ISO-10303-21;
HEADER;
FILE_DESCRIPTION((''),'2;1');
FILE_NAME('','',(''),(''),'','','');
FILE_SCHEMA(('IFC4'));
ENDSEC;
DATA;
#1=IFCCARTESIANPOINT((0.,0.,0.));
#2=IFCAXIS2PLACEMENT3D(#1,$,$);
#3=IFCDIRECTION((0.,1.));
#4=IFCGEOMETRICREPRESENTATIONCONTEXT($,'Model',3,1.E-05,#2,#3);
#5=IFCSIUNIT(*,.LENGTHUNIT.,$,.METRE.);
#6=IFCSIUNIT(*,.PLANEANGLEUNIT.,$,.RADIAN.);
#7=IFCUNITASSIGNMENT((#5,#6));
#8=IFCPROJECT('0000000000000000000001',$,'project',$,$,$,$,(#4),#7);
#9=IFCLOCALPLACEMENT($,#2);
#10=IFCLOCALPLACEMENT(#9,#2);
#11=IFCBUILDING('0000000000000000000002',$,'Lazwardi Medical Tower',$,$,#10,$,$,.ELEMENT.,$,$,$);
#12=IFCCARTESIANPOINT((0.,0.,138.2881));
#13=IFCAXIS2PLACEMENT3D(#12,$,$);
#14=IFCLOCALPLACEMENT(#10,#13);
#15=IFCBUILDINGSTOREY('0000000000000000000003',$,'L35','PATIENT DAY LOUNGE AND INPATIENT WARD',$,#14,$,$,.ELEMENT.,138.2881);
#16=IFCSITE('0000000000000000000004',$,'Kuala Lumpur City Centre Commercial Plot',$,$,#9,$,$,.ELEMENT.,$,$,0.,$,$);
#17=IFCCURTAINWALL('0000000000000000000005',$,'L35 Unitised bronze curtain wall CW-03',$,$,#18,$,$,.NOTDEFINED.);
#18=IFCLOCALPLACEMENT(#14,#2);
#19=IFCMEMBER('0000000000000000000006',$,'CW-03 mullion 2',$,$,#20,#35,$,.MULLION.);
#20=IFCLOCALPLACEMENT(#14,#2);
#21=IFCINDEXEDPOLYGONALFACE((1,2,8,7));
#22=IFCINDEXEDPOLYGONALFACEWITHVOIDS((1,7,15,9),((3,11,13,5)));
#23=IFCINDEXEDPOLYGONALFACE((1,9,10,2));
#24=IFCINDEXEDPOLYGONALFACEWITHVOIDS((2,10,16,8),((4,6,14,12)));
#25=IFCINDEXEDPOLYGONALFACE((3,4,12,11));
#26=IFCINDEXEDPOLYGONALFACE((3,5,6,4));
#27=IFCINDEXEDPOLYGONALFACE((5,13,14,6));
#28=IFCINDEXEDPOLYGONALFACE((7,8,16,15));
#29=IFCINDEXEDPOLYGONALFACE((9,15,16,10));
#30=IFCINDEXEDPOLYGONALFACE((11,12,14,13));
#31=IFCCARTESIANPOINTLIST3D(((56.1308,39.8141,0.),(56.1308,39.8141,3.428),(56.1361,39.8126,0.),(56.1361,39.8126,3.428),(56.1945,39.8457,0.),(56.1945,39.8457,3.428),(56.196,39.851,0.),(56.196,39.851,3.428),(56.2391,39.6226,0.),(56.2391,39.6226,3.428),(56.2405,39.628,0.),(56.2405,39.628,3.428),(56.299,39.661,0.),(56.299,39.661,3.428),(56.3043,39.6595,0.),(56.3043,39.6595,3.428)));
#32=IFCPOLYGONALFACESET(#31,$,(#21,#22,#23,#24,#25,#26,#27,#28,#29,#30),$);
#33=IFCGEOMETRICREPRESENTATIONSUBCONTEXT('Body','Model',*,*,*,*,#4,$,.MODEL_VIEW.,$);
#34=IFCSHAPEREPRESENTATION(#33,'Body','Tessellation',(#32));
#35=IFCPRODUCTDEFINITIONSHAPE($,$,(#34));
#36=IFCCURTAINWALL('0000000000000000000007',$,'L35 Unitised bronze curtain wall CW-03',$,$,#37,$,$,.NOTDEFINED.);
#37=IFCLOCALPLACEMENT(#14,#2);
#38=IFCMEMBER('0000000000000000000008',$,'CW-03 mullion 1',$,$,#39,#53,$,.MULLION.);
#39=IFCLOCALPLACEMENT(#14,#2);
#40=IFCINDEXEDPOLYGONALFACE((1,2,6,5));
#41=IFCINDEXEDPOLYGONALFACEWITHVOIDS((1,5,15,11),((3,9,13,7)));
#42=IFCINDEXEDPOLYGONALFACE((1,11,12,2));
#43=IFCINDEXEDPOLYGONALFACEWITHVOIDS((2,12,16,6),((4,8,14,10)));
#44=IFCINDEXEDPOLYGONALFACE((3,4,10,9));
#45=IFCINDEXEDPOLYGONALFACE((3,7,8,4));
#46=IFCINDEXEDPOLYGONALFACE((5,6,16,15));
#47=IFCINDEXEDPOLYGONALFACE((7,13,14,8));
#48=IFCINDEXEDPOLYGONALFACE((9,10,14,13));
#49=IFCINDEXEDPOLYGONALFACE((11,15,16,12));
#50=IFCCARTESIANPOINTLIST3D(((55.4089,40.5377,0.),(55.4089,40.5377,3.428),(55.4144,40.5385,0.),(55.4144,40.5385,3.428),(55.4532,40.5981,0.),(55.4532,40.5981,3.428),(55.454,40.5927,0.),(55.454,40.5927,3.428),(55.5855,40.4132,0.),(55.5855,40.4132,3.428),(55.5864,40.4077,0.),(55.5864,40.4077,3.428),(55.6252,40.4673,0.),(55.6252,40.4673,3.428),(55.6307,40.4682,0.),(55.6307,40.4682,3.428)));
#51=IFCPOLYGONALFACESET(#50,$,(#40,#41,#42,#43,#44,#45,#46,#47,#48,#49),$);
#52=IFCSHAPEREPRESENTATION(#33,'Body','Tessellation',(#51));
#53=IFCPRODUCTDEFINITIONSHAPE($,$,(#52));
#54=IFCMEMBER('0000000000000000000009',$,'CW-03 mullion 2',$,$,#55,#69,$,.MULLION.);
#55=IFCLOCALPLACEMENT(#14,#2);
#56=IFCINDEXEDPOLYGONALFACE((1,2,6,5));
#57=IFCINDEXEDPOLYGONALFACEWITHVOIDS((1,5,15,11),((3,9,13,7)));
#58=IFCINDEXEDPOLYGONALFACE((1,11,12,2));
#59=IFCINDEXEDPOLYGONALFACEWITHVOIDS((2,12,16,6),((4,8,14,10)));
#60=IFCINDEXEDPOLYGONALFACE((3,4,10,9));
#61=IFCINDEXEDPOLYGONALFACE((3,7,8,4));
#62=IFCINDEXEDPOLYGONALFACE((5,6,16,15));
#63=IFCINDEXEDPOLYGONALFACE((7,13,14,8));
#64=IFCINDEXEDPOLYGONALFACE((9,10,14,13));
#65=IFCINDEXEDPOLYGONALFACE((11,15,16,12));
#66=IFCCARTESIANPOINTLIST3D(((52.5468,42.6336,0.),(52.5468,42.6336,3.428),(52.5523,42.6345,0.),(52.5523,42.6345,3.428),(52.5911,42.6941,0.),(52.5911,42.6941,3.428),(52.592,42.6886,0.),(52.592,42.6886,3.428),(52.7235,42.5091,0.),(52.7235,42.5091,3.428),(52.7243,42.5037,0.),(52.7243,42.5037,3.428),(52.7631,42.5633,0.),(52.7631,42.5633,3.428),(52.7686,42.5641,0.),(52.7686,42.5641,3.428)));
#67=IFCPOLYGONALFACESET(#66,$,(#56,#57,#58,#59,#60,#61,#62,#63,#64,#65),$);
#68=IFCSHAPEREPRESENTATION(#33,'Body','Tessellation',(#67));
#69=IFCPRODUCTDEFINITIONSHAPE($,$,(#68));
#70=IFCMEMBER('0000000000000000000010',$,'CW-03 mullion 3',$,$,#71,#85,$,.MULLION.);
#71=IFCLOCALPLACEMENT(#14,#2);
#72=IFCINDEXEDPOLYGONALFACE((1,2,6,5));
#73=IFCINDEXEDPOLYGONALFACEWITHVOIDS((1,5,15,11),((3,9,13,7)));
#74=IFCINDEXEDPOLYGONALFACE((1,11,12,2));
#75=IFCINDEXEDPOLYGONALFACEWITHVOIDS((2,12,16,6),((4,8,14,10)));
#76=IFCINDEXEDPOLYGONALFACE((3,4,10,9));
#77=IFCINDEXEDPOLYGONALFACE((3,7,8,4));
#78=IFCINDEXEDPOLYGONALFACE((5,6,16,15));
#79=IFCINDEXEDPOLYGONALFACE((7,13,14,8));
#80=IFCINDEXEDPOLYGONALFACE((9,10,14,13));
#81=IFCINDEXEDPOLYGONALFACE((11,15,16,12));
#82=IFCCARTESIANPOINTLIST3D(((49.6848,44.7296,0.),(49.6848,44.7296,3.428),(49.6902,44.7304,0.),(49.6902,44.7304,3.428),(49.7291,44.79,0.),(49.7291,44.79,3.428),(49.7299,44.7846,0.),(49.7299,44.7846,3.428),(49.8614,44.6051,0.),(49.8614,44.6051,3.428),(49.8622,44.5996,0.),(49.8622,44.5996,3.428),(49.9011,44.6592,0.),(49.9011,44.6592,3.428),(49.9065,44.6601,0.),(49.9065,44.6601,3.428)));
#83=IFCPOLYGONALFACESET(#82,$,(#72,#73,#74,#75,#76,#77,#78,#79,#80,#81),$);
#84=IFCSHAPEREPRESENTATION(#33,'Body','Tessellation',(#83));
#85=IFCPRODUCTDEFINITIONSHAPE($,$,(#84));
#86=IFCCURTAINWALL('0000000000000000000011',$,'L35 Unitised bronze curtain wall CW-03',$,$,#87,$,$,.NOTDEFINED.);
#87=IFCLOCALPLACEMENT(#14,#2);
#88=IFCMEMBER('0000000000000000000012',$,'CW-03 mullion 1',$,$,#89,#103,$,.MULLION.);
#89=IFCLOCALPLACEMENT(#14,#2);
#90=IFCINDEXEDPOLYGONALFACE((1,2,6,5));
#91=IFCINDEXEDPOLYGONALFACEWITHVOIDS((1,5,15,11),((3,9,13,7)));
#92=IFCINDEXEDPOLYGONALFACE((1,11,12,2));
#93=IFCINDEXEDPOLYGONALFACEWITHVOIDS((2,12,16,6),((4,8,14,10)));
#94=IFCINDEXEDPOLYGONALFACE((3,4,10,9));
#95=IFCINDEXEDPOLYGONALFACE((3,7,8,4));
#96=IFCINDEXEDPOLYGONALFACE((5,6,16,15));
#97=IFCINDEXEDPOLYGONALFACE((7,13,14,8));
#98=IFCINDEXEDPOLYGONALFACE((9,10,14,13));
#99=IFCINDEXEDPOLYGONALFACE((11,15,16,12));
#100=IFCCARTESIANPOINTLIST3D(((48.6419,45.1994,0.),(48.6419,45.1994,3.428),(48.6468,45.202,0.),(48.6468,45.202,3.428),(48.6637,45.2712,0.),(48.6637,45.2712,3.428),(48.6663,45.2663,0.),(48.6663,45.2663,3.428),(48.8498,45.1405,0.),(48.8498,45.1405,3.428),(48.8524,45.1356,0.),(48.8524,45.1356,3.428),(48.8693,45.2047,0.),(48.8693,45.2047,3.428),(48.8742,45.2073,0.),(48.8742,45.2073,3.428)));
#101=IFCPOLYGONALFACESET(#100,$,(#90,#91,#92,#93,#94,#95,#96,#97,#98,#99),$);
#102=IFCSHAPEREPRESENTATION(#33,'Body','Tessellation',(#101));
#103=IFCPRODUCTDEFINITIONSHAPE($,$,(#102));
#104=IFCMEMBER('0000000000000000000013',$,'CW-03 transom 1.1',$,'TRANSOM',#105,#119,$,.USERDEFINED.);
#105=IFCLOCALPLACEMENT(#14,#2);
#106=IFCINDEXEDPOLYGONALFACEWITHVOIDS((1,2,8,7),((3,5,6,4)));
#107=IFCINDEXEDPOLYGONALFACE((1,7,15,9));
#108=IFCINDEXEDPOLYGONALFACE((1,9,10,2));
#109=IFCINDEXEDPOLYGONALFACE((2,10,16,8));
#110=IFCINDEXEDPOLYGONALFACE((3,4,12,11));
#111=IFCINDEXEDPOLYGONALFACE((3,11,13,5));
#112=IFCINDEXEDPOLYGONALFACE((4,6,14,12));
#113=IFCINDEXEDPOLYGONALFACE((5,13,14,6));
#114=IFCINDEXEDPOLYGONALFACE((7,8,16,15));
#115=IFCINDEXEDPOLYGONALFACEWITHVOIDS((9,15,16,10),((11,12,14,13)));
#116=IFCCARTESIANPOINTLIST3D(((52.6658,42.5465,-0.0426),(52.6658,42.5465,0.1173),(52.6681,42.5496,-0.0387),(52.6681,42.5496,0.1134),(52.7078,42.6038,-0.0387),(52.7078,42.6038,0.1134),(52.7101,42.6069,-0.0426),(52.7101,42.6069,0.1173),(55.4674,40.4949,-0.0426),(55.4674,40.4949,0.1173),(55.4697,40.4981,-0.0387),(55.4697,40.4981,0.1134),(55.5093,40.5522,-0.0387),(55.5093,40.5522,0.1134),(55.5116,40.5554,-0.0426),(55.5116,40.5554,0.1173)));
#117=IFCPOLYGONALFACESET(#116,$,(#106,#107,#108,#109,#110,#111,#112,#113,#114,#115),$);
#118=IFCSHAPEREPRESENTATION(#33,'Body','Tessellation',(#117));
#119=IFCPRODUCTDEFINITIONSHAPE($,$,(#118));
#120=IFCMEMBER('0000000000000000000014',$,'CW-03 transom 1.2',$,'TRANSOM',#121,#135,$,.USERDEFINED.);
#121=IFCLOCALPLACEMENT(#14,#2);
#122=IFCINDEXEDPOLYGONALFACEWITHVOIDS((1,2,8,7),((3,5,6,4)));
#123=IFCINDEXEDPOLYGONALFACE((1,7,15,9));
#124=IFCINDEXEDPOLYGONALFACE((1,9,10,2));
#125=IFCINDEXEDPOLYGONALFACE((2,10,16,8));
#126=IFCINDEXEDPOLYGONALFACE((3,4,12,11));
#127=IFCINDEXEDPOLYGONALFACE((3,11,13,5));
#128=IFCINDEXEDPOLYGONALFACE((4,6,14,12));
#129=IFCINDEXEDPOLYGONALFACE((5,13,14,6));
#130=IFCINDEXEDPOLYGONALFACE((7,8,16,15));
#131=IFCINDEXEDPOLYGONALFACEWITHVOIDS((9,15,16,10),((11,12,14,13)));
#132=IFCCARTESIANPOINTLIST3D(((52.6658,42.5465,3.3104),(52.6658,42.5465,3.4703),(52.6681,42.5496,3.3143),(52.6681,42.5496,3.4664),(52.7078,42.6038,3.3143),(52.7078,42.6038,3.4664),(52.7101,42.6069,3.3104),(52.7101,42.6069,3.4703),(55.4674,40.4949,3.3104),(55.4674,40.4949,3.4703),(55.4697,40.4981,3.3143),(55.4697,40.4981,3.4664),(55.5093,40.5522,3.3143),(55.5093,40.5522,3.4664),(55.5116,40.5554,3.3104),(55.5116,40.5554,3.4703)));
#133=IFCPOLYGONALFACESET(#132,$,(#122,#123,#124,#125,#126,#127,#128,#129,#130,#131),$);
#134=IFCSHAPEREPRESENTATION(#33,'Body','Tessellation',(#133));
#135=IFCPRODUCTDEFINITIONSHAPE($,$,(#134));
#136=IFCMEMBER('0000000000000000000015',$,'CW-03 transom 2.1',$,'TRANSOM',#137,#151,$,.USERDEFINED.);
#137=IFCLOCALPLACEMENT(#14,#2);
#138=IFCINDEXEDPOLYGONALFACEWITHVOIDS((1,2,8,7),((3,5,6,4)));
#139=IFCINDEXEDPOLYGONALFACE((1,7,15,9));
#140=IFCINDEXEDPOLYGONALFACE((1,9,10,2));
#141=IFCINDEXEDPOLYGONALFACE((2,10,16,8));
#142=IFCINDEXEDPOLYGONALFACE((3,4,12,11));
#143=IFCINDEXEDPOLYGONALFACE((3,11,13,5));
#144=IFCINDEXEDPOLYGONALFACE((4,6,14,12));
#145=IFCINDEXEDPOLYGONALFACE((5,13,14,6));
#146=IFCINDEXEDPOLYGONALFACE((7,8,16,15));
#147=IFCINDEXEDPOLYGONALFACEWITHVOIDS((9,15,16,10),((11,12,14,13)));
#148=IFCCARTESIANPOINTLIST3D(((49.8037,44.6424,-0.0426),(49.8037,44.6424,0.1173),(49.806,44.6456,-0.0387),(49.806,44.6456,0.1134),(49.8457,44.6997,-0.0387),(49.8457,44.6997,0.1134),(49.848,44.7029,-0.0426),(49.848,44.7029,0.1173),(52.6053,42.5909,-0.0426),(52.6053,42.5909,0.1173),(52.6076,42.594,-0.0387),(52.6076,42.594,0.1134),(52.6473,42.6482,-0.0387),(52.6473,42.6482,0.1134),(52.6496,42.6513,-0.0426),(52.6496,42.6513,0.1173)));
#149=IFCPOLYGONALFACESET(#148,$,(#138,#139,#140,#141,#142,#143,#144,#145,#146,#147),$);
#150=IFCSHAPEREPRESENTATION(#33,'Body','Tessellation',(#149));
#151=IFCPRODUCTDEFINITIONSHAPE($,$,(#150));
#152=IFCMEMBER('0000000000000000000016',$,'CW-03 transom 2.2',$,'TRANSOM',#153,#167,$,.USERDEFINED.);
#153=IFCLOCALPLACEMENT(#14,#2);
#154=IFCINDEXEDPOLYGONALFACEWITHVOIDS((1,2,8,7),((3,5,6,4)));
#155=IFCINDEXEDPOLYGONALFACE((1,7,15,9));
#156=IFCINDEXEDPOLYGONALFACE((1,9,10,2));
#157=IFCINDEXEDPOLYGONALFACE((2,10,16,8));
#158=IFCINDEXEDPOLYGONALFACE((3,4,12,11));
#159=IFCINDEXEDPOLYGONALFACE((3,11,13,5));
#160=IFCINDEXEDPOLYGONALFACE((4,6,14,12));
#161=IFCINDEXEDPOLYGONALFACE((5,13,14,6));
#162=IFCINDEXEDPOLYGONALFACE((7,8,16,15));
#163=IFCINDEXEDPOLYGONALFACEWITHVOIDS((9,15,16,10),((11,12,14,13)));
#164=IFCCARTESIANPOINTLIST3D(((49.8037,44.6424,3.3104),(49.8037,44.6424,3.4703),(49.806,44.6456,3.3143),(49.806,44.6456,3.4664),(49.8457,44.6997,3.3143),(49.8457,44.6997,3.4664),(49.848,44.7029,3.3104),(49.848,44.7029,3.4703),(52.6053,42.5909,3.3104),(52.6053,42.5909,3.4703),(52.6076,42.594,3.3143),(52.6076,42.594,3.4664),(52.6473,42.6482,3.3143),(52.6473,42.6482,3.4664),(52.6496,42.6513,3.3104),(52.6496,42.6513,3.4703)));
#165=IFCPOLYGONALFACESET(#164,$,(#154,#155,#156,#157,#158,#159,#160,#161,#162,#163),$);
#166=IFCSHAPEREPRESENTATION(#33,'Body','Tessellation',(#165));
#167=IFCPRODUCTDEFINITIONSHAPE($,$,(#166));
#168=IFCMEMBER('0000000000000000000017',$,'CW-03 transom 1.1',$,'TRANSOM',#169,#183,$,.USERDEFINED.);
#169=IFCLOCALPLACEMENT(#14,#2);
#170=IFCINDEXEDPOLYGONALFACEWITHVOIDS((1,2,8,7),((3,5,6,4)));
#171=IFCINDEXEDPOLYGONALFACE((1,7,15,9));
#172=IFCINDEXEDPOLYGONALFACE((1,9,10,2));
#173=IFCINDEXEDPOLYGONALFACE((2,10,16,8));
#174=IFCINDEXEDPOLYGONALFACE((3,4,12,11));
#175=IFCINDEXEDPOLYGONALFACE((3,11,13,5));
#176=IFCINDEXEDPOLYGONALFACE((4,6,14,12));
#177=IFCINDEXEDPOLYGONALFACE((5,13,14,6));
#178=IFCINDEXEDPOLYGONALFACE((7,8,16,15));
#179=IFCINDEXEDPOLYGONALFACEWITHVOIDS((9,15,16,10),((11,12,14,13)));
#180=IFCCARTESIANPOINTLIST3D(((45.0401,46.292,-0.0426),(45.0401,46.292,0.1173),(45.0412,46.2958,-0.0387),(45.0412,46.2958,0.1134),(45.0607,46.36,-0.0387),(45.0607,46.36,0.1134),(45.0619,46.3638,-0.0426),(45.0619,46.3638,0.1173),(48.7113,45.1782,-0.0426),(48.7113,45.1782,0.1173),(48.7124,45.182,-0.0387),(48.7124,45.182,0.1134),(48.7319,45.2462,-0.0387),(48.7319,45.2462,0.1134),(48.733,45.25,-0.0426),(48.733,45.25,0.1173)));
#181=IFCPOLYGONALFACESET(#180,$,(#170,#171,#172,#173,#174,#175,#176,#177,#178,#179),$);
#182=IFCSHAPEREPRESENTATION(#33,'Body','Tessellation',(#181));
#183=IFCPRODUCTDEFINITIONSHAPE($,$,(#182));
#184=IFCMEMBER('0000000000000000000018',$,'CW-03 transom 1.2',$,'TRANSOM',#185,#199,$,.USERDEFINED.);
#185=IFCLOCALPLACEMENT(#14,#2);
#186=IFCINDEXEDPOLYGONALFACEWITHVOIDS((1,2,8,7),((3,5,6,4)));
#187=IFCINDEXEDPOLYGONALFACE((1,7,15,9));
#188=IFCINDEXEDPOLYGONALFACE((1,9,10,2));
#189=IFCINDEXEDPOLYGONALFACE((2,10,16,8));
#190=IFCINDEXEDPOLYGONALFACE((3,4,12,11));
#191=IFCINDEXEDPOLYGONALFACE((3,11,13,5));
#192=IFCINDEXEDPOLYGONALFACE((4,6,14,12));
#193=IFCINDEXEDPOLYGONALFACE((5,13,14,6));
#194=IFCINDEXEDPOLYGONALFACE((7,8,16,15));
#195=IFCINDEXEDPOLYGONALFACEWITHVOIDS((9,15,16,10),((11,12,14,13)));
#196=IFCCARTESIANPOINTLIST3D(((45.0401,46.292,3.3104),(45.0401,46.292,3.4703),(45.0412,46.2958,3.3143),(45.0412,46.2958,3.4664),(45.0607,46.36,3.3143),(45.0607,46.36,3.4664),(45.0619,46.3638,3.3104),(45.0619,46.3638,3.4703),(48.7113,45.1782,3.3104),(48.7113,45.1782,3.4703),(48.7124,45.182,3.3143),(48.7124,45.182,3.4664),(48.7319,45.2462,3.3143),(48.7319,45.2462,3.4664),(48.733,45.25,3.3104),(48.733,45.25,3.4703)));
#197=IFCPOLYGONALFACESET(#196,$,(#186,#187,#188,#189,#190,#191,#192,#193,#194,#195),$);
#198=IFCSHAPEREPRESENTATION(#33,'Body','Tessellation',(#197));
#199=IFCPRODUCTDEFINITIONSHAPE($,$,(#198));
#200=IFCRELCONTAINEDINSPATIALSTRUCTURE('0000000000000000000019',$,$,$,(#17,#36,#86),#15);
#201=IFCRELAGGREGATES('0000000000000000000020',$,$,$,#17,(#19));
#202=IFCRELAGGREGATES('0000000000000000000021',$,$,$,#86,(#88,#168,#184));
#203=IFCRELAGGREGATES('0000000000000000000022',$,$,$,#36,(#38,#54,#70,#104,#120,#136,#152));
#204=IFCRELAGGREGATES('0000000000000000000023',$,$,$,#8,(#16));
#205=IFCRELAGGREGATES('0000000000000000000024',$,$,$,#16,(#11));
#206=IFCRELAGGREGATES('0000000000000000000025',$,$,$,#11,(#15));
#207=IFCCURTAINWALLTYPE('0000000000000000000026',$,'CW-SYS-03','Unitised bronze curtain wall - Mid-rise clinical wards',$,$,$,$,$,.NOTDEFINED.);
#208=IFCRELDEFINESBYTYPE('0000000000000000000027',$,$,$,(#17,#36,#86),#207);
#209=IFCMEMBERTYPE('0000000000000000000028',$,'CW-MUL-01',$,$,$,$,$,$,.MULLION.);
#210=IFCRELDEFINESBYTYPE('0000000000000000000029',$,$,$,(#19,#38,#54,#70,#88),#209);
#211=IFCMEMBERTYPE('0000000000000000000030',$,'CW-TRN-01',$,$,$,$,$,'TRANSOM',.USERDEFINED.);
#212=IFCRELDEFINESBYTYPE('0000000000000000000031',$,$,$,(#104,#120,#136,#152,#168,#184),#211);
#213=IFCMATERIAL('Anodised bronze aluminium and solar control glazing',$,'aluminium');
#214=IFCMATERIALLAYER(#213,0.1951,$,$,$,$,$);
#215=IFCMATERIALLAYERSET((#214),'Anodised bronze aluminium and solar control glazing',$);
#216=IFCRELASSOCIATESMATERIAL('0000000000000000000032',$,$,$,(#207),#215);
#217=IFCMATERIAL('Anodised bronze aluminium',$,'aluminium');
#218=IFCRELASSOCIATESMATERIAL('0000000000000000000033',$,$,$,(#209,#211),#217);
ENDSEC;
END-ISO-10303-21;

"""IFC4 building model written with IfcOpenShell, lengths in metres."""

from ifc_helpers import new_model, si_unit, direction, frame, origin, origin_2d, place, context, subcontext, project, spatial, hollow_rectangle, extrude, material, layer, layer_set, material_profile, profile_set, type_object, element, aggregate, save


model = new_model("IFC4")

# Units and contexts
model_context = context("Model", 3, precision=1e-05, world=origin(), true_north=direction((0.0, 1.0)))
body_context = subcontext(model_context, "Body", "Model", "MODEL_VIEW")
ifc_project = project(units=[si_unit("LENGTHUNIT", "METRE"), si_unit("PLANEANGLEUNIT", "RADIAN")], contexts=[model_context])

# Site, building, storey
site_placement = place(None, origin())
site = spatial("IfcSite", under=ifc_project, at=site_placement, Name="Kuala Lumpur City Centre Commercial Plot", CompositionType="ELEMENT", RefElevation=0.0)
building_placement = place(site_placement, origin())
building = spatial("IfcBuilding", under=site, at=building_placement, Name="Lazwardi Medical Tower", CompositionType="ELEMENT")
storey_placement = place(building_placement, frame((0.0, 0.0, 138.2881)))
storey = spatial("IfcBuildingStorey", under=building, at=storey_placement, Name="L35", Description="PATIENT DAY LOUNGE AND INPATIENT WARD", CompositionType="ELEMENT", Elevation=138.2881)

# Curtain wall, member
ifc_material_1 = material(Name="Anodised bronze aluminium and solar control glazing", Category="aluminium")
ifc_layer_1 = layer(ifc_material_1, 0.1951)
ifc_layer_set_1 = layer_set([ifc_layer_1], Name="Anodised bronze aluminium and solar control glazing")
curtain_wall_type = type_object("IfcCurtainWallType", Name="CW-SYS-03", Description="Unitised bronze curtain wall - Mid-rise clinical wards", PredefinedType="NOTDEFINED", material=ifc_layer_set_1)
curtain_wall_1_placement = place(storey_placement, origin())
curtain_wall_1 = element("IfcCurtainWall", 1, at=curtain_wall_1_placement, inside=storey, type_object=curtain_wall_type, Name="L35 Unitised bronze curtain wall CW-03", PredefinedType="NOTDEFINED")
ifc_material_2 = material(Name="Anodised bronze aluminium", Category="aluminium")
ifc_material_profile_1 = material_profile(ifc_material_2, hollow_rectangle(XDim=0.075, YDim=0.22, WallThickness=0.0039, at=origin_2d()), Name="ALU-MULLION 220x75x4")
ifc_profile_set_1 = profile_set([ifc_material_profile_1], Name="Anodised bronze aluminium")
member_type_1 = type_object("IfcMemberType", Name="CW-MUL-01", PredefinedType="MULLION", material=ifc_profile_set_1)
member_1_placement = place(storey_placement, frame((56.2175, 39.7368, 0.0), z_axis=(0.0, 0.0, 1.0), x_axis=(-0.870419, -0.492312, 0.0)))
member_1 = element("IfcMember", 2, at=member_1_placement, type_object=member_type_1, Name="CW-03 mullion 2", PredefinedType="MULLION", context=body_context, shape_type="SweptSolid", body=[
    extrude(hollow_rectangle(XDim=0.075, YDim=0.22, WallThickness=0.0039, at=origin_2d()), origin(), (0.0, 0.0, 1.0), 3.428),
])
aggregate(curtain_wall_1, [member_1])

# Curtain wall, members
curtain_wall_2_placement = place(storey_placement, origin())
curtain_wall_2 = element("IfcCurtainWall", 3, at=curtain_wall_2_placement, inside=storey, type_object=curtain_wall_type, Name="L35 Unitised bronze curtain wall CW-03", PredefinedType="NOTDEFINED")
member_2_placement = place(storey_placement, frame((55.5198, 40.5029, 0.0), z_axis=(0.0, 0.0, 1.0), x_axis=(-0.590834, -0.806793, 0.0)))
member_2 = element("IfcMember", 4, at=member_2_placement, type_object=member_type_1, Name="CW-03 mullion 1", PredefinedType="MULLION", context=body_context, shape_type="SweptSolid", body=[
    extrude(hollow_rectangle(XDim=0.075, YDim=0.22, WallThickness=0.0039, at=origin_2d()), origin(), (0.0, 0.0, 1.0), 3.428),
])
member_3_placement = place(storey_placement, frame((52.6577, 42.5989, 0.0), z_axis=(0.0, 0.0, 1.0), x_axis=(-0.590834, -0.806793, 0.0)))
member_3 = element("IfcMember", 5, at=member_3_placement, type_object=member_type_1, Name="CW-03 mullion 2", PredefinedType="MULLION", context=body_context, shape_type="SweptSolid", body=[
    extrude(hollow_rectangle(XDim=0.075, YDim=0.22, WallThickness=0.0039, at=origin_2d()), origin(), (0.0, 0.0, 1.0), 3.428),
])
member_4_placement = place(storey_placement, frame((49.7957, 44.6948, 0.0), z_axis=(0.0, 0.0, 1.0), x_axis=(-0.590834, -0.806793, 0.0)))
member_4 = element("IfcMember", 6, at=member_4_placement, type_object=member_type_1, Name="CW-03 mullion 3", PredefinedType="MULLION", context=body_context, shape_type="SweptSolid", body=[
    extrude(hollow_rectangle(XDim=0.075, YDim=0.22, WallThickness=0.0039, at=origin_2d()), origin(), (0.0, 0.0, 1.0), 3.428),
])

# Curtain wall, member
curtain_wall_3_placement = place(storey_placement, origin())
curtain_wall_3 = element("IfcCurtainWall", 7, at=curtain_wall_3_placement, inside=storey, type_object=curtain_wall_type, Name="L35 Unitised bronze curtain wall CW-03", PredefinedType="NOTDEFINED")
member_5_placement = place(storey_placement, frame((48.7581, 45.2034, 0.0), z_axis=(0.0, 0.0, 1.0), x_axis=(-0.290281, -0.956942, 0.0)))
member_5 = element("IfcMember", 8, at=member_5_placement, type_object=member_type_1, Name="CW-03 mullion 1", PredefinedType="MULLION", context=body_context, shape_type="SweptSolid", body=[
    extrude(hollow_rectangle(XDim=0.075, YDim=0.22, WallThickness=0.0039, at=origin_2d()), origin(), (0.0, 0.0, 1.0), 3.428),
])

# Members
ifc_material_profile_2 = material_profile(ifc_material_2, hollow_rectangle(XDim=0.075, YDim=0.1599, WallThickness=0.0039, at=origin_2d()), Name="ALU-TRANSOM 160x75x4")
ifc_profile_set_2 = profile_set([ifc_material_profile_2], Name="Anodised bronze aluminium")
member_type_2 = type_object("IfcMemberType", Name="CW-TRN-01", ElementType="TRANSOM", PredefinedType="USERDEFINED", material=ifc_profile_set_2)
member_6_placement = place(storey_placement, frame((55.4895, 40.5251, 0.0374), z_axis=(-0.806807, 0.590815, 0.0), x_axis=(-0.590815, -0.806807, 0.0)))
member_6 = element("IfcMember", 9, at=member_6_placement, type_object=member_type_2, Name="CW-03 transom 1.1", ObjectType="TRANSOM", PredefinedType="USERDEFINED", context=body_context, shape_type="SweptSolid", body=[
    extrude(hollow_rectangle(XDim=0.075, YDim=0.1599, WallThickness=0.0039, at=origin_2d()), origin(), (0.0, 0.0, 1.0), 3.4724),
])
member_7_placement = place(storey_placement, frame((55.4895, 40.5251, 3.3904), z_axis=(-0.806807, 0.590815, 0.0), x_axis=(-0.590815, -0.806807, 0.0)))
member_7 = element("IfcMember", 10, at=member_7_placement, type_object=member_type_2, Name="CW-03 transom 1.2", ObjectType="TRANSOM", PredefinedType="USERDEFINED", context=body_context, shape_type="SweptSolid", body=[
    extrude(hollow_rectangle(XDim=0.075, YDim=0.1599, WallThickness=0.0039, at=origin_2d()), origin(), (0.0, 0.0, 1.0), 3.4724),
])
member_8_placement = place(storey_placement, frame((52.6274, 42.6211, 0.0374), z_axis=(-0.806807, 0.590815, 0.0), x_axis=(-0.590815, -0.806807, 0.0)))
member_8 = element("IfcMember", 11, at=member_8_placement, type_object=member_type_2, Name="CW-03 transom 2.1", ObjectType="TRANSOM", PredefinedType="USERDEFINED", context=body_context, shape_type="SweptSolid", body=[
    extrude(hollow_rectangle(XDim=0.075, YDim=0.1599, WallThickness=0.0039, at=origin_2d()), origin(), (0.0, 0.0, 1.0), 3.4724),
])
member_9_placement = place(storey_placement, frame((52.6274, 42.6211, 3.3904), z_axis=(-0.806807, 0.590815, 0.0), x_axis=(-0.590815, -0.806807, 0.0)))
member_9 = element("IfcMember", 12, at=member_9_placement, type_object=member_type_2, Name="CW-03 transom 2.2", ObjectType="TRANSOM", PredefinedType="USERDEFINED", context=body_context, shape_type="SweptSolid", body=[
    extrude(hollow_rectangle(XDim=0.075, YDim=0.1599, WallThickness=0.0039, at=origin_2d()), origin(), (0.0, 0.0, 1.0), 3.4724),
])
member_10_placement = place(storey_placement, frame((48.7222, 45.2141, 0.0374), z_axis=(-0.95693, 0.290318, 0.0), x_axis=(-0.290318, -0.95693, 0.0)))
member_10 = element("IfcMember", 13, at=member_10_placement, type_object=member_type_2, Name="CW-03 transom 1.1", ObjectType="TRANSOM", PredefinedType="USERDEFINED", context=body_context, shape_type="SweptSolid", body=[
    extrude(hollow_rectangle(XDim=0.075, YDim=0.1599, WallThickness=0.0039, at=origin_2d()), origin(), (0.0, 0.0, 1.0), 3.8364),
])
member_11_placement = place(storey_placement, frame((48.7222, 45.2141, 3.3904), z_axis=(-0.95693, 0.290318, 0.0), x_axis=(-0.290318, -0.95693, 0.0)))
member_11 = element("IfcMember", 14, at=member_11_placement, type_object=member_type_2, Name="CW-03 transom 1.2", ObjectType="TRANSOM", PredefinedType="USERDEFINED", context=body_context, shape_type="SweptSolid", body=[
    extrude(hollow_rectangle(XDim=0.075, YDim=0.1599, WallThickness=0.0039, at=origin_2d()), origin(), (0.0, 0.0, 1.0), 3.8364),
])
aggregate(curtain_wall_3, [member_5, member_10, member_11])

aggregate(curtain_wall_2, [member_2, member_3, member_4, member_6, member_7, member_8, member_9])

save(model, "model.ifc")
